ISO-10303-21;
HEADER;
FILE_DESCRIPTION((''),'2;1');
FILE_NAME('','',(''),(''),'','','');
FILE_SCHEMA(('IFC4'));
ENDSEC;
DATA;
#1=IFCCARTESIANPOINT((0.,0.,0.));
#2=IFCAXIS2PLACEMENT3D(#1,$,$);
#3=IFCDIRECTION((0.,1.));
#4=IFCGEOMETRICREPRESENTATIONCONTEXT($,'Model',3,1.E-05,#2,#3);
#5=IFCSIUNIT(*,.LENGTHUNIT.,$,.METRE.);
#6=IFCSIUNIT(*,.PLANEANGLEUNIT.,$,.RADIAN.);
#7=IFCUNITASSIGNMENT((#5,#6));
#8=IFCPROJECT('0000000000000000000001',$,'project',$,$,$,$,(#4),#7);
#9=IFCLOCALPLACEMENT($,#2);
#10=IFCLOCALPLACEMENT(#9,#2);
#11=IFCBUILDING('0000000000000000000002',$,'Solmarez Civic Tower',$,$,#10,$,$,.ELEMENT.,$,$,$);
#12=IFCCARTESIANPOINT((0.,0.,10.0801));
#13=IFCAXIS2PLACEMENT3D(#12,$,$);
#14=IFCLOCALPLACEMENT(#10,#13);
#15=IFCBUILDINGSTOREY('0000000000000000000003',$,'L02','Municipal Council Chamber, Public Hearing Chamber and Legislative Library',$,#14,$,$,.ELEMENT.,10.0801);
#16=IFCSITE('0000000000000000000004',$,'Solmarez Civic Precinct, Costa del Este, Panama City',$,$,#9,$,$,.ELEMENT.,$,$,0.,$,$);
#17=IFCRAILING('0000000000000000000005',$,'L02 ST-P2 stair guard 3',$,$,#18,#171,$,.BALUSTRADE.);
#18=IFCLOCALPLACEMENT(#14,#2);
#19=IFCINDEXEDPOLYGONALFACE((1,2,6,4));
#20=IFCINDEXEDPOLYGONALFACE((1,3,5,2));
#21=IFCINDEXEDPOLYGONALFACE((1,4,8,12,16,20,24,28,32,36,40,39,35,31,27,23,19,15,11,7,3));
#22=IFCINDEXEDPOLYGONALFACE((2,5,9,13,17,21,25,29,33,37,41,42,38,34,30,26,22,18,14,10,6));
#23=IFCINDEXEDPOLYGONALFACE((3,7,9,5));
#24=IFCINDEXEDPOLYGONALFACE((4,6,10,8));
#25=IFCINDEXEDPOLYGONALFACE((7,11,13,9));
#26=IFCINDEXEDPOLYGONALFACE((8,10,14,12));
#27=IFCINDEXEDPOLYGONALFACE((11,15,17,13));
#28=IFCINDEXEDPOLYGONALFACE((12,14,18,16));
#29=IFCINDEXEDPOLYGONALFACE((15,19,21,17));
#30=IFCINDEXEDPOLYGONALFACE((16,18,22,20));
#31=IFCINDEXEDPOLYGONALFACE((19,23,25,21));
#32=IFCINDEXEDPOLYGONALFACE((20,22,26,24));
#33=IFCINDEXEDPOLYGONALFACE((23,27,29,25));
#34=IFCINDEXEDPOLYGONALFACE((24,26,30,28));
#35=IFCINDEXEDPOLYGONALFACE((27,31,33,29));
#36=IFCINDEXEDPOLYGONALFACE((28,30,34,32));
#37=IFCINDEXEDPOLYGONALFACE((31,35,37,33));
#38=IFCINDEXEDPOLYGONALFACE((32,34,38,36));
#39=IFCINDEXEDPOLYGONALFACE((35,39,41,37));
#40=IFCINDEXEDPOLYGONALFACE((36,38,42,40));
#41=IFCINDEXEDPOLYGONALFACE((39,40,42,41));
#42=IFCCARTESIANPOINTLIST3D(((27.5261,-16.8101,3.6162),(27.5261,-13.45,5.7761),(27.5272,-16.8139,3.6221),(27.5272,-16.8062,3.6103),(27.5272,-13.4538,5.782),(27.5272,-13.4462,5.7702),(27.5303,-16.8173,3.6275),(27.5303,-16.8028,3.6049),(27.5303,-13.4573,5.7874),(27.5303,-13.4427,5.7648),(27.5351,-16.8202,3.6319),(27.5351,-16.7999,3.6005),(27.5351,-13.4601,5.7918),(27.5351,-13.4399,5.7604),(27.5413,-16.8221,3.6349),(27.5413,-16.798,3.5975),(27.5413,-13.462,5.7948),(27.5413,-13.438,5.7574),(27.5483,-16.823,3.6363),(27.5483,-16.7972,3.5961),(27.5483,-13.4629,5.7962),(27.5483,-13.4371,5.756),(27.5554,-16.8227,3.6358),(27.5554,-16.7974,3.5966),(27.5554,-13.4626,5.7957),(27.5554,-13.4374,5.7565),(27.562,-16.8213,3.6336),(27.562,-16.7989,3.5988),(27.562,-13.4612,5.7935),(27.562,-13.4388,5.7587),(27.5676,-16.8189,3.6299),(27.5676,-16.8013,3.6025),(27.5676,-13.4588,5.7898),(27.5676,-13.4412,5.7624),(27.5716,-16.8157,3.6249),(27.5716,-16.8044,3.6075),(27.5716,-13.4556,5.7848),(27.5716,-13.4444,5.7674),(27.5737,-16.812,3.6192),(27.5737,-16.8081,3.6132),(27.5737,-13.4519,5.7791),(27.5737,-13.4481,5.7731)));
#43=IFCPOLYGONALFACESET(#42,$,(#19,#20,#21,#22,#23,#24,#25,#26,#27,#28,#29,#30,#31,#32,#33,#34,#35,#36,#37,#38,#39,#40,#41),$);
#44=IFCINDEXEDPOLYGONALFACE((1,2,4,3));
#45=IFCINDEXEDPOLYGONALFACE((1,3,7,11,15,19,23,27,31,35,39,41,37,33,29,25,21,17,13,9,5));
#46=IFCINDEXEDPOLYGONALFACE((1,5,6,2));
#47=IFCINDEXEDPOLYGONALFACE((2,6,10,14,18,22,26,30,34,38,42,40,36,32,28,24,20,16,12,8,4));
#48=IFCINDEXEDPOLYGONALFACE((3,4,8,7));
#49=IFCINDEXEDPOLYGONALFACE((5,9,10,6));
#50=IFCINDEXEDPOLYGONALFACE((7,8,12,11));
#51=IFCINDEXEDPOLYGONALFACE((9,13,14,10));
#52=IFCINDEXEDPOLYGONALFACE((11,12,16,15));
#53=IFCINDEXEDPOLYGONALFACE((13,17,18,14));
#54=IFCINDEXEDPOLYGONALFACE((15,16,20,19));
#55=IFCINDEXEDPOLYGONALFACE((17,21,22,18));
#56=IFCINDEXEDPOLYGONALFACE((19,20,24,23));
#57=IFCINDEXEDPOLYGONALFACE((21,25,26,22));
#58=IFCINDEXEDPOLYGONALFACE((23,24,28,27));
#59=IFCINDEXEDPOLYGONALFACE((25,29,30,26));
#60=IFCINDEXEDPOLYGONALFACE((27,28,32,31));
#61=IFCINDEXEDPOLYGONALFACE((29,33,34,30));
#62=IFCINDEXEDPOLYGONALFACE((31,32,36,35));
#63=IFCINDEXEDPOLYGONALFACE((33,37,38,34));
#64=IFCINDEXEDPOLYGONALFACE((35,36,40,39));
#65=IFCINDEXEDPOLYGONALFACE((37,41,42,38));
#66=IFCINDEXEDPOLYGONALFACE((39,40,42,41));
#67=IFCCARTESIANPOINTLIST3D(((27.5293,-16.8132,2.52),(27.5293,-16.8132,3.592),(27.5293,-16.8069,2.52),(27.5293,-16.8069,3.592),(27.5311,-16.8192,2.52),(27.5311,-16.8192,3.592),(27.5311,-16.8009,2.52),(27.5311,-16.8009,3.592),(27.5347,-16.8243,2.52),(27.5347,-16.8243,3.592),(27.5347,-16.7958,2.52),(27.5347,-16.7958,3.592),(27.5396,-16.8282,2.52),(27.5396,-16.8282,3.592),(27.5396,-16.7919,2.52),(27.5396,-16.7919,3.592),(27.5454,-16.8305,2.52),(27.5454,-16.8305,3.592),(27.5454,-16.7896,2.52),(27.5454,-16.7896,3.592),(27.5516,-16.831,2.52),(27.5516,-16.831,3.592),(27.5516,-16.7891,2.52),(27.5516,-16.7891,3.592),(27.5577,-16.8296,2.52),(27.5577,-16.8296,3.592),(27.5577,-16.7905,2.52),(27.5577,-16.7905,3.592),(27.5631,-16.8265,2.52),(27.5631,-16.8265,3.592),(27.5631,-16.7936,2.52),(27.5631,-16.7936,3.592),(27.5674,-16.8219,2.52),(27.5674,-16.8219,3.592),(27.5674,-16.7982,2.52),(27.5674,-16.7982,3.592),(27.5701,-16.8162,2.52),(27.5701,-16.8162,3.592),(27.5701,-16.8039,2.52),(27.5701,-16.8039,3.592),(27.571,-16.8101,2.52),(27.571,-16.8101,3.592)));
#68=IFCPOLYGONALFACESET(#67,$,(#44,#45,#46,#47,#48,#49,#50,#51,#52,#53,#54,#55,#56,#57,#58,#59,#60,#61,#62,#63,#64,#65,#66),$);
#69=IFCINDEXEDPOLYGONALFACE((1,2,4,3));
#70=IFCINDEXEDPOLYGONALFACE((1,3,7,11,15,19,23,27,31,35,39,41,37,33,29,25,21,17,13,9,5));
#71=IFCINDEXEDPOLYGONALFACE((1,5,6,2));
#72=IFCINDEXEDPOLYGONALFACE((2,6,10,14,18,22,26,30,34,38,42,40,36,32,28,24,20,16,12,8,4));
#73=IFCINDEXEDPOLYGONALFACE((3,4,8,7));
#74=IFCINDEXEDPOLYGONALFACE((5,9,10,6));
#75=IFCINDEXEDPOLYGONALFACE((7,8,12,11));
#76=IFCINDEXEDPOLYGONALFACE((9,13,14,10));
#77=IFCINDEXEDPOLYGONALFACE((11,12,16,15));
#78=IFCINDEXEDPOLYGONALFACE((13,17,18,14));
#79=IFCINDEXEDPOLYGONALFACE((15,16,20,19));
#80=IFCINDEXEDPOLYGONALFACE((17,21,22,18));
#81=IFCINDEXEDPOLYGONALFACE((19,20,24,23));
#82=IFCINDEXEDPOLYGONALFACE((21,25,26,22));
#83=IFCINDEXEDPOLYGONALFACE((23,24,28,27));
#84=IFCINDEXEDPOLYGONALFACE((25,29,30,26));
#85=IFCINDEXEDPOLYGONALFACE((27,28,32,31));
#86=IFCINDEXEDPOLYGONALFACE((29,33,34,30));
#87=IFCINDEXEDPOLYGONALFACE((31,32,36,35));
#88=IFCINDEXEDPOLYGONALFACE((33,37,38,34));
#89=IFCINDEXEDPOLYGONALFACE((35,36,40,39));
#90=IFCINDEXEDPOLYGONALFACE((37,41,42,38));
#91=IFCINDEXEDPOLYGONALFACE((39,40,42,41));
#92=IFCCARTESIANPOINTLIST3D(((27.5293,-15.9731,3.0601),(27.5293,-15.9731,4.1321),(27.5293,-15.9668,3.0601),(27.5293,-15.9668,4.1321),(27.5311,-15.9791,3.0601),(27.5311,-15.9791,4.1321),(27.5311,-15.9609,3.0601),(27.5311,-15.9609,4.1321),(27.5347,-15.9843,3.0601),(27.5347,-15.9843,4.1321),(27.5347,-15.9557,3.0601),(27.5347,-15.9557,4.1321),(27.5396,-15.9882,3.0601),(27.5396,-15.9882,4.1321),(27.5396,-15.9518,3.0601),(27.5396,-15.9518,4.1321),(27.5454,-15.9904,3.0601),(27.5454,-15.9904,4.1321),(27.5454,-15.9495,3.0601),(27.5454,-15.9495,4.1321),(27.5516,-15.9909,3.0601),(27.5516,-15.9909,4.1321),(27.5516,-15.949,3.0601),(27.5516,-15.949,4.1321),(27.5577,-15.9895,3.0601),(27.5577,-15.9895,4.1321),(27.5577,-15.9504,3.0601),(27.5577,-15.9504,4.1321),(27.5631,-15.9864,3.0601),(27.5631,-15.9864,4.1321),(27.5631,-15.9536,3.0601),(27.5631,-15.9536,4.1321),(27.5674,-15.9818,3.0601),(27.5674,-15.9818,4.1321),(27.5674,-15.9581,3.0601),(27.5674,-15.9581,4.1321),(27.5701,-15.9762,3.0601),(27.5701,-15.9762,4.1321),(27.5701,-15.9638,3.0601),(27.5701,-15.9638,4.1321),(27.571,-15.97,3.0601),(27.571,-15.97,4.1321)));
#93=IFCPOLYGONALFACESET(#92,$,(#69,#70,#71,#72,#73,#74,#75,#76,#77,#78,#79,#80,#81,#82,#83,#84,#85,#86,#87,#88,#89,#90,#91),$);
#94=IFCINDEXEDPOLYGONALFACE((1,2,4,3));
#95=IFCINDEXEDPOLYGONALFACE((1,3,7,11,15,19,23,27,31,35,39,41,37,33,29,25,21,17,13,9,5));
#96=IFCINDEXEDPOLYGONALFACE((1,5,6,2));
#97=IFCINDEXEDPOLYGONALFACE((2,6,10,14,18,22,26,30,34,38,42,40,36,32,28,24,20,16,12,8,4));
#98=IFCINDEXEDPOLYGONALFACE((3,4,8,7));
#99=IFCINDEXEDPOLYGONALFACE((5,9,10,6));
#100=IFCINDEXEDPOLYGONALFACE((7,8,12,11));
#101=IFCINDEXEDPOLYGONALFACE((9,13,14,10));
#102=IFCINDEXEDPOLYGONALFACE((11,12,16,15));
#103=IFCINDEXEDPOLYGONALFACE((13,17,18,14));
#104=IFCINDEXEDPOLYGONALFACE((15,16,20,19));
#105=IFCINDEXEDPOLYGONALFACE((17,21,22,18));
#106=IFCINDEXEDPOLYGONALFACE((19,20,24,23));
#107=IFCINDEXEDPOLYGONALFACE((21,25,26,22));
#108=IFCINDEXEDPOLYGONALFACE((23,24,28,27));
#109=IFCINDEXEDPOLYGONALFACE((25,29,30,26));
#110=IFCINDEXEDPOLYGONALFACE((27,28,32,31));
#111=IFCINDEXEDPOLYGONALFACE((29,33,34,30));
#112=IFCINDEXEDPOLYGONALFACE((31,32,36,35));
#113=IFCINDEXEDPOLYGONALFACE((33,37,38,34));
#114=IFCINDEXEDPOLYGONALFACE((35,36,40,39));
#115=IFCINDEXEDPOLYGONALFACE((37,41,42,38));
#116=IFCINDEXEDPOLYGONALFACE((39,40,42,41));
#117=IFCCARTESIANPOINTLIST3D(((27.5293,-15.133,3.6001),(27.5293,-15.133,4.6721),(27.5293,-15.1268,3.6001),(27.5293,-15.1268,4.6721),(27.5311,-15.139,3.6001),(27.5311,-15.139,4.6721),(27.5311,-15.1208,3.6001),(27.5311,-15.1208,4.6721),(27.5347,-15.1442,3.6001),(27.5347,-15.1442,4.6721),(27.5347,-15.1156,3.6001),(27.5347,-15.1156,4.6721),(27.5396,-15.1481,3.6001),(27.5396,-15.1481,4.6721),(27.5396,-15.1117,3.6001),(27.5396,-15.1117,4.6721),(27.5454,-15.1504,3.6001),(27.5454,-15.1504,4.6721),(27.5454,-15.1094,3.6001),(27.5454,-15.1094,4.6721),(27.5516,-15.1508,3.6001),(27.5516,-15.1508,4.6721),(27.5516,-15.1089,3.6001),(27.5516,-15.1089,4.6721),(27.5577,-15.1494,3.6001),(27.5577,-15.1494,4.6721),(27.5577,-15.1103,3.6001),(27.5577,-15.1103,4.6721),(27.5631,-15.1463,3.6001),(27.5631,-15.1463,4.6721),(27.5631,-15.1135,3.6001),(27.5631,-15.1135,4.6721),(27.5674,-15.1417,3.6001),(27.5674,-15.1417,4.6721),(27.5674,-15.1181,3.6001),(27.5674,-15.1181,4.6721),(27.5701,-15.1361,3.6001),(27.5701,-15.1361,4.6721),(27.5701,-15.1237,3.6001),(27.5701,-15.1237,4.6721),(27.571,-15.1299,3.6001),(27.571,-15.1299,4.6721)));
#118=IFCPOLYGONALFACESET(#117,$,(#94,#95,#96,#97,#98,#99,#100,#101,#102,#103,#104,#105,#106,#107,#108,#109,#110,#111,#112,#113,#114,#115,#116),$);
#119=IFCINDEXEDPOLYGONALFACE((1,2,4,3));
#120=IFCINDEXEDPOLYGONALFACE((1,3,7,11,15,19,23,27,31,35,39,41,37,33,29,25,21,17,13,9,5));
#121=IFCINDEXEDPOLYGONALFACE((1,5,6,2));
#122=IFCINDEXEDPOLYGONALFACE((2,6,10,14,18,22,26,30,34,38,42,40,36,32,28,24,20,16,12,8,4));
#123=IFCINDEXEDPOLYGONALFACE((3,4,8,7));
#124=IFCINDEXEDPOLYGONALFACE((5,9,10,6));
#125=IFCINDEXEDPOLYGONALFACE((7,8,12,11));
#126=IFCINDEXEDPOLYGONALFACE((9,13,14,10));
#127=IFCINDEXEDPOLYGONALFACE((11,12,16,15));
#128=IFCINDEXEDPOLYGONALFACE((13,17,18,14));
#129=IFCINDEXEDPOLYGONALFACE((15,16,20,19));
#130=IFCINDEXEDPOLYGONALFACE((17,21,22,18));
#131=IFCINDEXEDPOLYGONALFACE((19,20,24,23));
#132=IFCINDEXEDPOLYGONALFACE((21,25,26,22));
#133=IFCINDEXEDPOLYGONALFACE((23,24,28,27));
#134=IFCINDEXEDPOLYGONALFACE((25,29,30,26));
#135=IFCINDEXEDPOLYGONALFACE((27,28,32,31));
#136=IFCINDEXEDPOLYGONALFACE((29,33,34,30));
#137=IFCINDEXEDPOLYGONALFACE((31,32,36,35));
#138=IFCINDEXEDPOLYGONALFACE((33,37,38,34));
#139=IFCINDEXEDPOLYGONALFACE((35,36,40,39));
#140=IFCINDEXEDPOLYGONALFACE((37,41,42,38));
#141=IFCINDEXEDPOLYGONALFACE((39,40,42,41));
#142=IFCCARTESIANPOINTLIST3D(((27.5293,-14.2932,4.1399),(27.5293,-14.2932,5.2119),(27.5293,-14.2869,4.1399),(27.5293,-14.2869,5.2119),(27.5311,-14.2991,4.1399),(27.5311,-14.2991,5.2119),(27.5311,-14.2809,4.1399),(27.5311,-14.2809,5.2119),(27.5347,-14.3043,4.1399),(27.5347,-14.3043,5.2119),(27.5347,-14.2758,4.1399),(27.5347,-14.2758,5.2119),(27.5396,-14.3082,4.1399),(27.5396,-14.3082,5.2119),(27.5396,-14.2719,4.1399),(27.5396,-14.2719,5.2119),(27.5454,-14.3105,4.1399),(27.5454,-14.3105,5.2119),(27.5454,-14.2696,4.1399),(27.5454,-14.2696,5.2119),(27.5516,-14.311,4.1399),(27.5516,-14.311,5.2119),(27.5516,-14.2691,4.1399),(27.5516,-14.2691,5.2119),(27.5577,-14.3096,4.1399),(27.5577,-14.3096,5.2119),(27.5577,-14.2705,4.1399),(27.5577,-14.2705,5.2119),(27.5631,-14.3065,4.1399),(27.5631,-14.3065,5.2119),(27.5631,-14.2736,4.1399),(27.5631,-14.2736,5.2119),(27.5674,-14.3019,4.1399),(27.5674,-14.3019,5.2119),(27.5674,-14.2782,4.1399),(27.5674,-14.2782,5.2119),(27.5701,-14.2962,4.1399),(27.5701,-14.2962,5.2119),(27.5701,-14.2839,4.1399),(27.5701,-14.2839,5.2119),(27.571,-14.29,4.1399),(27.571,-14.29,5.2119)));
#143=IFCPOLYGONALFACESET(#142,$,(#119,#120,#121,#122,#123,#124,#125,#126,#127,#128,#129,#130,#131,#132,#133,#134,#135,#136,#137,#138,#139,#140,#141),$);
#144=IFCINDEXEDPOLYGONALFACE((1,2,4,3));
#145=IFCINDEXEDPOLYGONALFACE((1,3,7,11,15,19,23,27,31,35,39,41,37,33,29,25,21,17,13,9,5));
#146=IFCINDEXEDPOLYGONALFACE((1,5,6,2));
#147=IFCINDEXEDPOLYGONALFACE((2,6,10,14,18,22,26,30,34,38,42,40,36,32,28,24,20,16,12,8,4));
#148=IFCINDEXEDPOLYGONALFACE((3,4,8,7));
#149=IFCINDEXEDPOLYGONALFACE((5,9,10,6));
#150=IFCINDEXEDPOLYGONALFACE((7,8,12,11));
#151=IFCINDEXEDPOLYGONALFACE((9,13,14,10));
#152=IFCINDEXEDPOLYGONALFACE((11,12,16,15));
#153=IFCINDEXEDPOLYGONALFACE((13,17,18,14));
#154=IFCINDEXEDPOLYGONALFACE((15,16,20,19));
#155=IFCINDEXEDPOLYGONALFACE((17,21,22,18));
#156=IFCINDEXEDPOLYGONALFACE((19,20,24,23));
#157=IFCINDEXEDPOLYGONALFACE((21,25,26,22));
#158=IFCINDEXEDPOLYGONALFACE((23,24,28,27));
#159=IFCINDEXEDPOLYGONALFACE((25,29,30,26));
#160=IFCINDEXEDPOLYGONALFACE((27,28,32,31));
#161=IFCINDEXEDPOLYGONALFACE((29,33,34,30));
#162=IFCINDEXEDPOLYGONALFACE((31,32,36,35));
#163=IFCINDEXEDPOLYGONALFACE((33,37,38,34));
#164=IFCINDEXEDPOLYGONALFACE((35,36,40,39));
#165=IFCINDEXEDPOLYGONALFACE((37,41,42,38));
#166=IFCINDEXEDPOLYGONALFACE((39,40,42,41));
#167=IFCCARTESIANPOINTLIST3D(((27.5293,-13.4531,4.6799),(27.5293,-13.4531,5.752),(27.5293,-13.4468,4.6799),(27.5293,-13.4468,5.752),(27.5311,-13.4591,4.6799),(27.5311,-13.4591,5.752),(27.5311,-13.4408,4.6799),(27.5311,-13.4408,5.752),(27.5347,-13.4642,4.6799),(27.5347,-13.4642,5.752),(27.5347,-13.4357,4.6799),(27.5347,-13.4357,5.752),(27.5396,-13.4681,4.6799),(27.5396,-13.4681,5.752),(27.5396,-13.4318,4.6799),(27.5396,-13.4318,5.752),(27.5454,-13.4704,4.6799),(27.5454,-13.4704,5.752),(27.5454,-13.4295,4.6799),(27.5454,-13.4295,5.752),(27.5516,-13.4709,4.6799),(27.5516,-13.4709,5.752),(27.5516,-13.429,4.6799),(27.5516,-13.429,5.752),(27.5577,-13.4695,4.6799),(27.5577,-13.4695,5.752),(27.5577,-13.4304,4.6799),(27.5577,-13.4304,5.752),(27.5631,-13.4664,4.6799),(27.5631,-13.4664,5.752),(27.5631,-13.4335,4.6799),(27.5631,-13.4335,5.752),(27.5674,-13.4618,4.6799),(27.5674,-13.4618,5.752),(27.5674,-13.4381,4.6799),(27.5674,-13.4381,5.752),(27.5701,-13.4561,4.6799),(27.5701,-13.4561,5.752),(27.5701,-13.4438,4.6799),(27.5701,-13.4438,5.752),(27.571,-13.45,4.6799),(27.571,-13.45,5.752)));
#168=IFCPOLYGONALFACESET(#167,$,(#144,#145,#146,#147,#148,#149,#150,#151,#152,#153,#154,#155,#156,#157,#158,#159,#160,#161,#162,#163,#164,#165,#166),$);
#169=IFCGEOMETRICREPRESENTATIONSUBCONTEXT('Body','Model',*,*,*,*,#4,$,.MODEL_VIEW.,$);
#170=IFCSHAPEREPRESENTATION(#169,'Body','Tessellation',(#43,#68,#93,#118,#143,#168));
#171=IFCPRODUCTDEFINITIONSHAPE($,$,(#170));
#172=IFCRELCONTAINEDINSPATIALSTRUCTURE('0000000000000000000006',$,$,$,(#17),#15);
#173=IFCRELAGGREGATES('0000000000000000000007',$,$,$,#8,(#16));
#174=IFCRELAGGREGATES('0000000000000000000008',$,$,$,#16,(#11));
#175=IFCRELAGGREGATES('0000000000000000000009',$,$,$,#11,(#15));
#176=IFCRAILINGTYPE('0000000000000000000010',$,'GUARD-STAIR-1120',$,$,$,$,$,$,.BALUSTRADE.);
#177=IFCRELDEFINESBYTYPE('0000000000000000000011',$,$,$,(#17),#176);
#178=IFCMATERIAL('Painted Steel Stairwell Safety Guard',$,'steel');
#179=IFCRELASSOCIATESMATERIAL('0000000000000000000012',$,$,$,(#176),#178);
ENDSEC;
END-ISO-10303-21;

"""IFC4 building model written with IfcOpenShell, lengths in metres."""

from ifc_helpers import new_model, si_unit, direction, frame, origin, origin_2d, place, context, subcontext, project, spatial, circle, extrude, material, type_object, element, save


model = new_model("IFC4")

# Units and contexts
model_context = context("Model", 3, precision=1e-05, world=origin(), true_north=direction((0.0, 1.0)))
body_context = subcontext(model_context, "Body", "Model", "MODEL_VIEW")
ifc_project = project(units=[si_unit("LENGTHUNIT", "METRE"), si_unit("PLANEANGLEUNIT", "RADIAN")], contexts=[model_context])

# Site, building, storey
site_placement = place(None, origin())
site = spatial("IfcSite", under=ifc_project, at=site_placement, Name="Solmarez Civic Precinct, Costa del Este, Panama City", CompositionType="ELEMENT", RefElevation=0.0)
building_placement = place(site_placement, origin())
building = spatial("IfcBuilding", under=site, at=building_placement, Name="Solmarez Civic Tower", CompositionType="ELEMENT")
storey_placement = place(building_placement, frame((0.0, 0.0, 10.0801)))
storey = spatial("IfcBuildingStorey", under=building, at=storey_placement, Name="L02", Description="Municipal Council Chamber, Public Hearing Chamber and Legislative Library", CompositionType="ELEMENT", Elevation=10.0801)

# Railing
ifc_material_1 = material(Name="Painted Steel Stairwell Safety Guard", Category="steel")
railing_type_1 = type_object("IfcRailingType", Name="GUARD-STAIR-1120", PredefinedType="BALUSTRADE", material=ifc_material_1)
railing_1_placement = place(storey_placement, frame((27.55, -16.8101, 2.52)))
element("IfcRailing", 1, at=railing_1_placement, inside=storey, type_object=railing_type_1, Name="L02 ST-P2 stair guard 3", PredefinedType="BALUSTRADE", context=body_context, shape_type="SweptSolid", body=[
    extrude(circle(Radius=0.0239, at=origin_2d()), frame((0.0, 0.0, 1.0962), z_axis=(0.0, 0.841196, 0.54073), x_axis=(-1.0, 0.0, 0.0)), (0.0, 0.0, 1.0), 3.9944),
    extrude(circle(Radius=0.021, at=origin_2d()), origin(), (0.0, 0.0, 1.0), 1.072),
    extrude(circle(Radius=0.021, at=origin_2d()), frame((0.0, 0.8401, 0.54)), (0.0, 0.0, 1.0), 1.072),
    extrude(circle(Radius=0.021, at=origin_2d()), frame((0.0, 1.6802, 1.0801)), (0.0, 0.0, 1.0), 1.072),
    extrude(circle(Radius=0.021, at=origin_2d()), frame((0.0, 2.52, 1.6199)), (0.0, 0.0, 1.0), 1.072),
    extrude(circle(Radius=0.021, at=origin_2d()), frame((0.0, 3.3601, 2.1599)), (0.0, 0.0, 1.0), 1.072),
])

save(model, "model.ifc")
